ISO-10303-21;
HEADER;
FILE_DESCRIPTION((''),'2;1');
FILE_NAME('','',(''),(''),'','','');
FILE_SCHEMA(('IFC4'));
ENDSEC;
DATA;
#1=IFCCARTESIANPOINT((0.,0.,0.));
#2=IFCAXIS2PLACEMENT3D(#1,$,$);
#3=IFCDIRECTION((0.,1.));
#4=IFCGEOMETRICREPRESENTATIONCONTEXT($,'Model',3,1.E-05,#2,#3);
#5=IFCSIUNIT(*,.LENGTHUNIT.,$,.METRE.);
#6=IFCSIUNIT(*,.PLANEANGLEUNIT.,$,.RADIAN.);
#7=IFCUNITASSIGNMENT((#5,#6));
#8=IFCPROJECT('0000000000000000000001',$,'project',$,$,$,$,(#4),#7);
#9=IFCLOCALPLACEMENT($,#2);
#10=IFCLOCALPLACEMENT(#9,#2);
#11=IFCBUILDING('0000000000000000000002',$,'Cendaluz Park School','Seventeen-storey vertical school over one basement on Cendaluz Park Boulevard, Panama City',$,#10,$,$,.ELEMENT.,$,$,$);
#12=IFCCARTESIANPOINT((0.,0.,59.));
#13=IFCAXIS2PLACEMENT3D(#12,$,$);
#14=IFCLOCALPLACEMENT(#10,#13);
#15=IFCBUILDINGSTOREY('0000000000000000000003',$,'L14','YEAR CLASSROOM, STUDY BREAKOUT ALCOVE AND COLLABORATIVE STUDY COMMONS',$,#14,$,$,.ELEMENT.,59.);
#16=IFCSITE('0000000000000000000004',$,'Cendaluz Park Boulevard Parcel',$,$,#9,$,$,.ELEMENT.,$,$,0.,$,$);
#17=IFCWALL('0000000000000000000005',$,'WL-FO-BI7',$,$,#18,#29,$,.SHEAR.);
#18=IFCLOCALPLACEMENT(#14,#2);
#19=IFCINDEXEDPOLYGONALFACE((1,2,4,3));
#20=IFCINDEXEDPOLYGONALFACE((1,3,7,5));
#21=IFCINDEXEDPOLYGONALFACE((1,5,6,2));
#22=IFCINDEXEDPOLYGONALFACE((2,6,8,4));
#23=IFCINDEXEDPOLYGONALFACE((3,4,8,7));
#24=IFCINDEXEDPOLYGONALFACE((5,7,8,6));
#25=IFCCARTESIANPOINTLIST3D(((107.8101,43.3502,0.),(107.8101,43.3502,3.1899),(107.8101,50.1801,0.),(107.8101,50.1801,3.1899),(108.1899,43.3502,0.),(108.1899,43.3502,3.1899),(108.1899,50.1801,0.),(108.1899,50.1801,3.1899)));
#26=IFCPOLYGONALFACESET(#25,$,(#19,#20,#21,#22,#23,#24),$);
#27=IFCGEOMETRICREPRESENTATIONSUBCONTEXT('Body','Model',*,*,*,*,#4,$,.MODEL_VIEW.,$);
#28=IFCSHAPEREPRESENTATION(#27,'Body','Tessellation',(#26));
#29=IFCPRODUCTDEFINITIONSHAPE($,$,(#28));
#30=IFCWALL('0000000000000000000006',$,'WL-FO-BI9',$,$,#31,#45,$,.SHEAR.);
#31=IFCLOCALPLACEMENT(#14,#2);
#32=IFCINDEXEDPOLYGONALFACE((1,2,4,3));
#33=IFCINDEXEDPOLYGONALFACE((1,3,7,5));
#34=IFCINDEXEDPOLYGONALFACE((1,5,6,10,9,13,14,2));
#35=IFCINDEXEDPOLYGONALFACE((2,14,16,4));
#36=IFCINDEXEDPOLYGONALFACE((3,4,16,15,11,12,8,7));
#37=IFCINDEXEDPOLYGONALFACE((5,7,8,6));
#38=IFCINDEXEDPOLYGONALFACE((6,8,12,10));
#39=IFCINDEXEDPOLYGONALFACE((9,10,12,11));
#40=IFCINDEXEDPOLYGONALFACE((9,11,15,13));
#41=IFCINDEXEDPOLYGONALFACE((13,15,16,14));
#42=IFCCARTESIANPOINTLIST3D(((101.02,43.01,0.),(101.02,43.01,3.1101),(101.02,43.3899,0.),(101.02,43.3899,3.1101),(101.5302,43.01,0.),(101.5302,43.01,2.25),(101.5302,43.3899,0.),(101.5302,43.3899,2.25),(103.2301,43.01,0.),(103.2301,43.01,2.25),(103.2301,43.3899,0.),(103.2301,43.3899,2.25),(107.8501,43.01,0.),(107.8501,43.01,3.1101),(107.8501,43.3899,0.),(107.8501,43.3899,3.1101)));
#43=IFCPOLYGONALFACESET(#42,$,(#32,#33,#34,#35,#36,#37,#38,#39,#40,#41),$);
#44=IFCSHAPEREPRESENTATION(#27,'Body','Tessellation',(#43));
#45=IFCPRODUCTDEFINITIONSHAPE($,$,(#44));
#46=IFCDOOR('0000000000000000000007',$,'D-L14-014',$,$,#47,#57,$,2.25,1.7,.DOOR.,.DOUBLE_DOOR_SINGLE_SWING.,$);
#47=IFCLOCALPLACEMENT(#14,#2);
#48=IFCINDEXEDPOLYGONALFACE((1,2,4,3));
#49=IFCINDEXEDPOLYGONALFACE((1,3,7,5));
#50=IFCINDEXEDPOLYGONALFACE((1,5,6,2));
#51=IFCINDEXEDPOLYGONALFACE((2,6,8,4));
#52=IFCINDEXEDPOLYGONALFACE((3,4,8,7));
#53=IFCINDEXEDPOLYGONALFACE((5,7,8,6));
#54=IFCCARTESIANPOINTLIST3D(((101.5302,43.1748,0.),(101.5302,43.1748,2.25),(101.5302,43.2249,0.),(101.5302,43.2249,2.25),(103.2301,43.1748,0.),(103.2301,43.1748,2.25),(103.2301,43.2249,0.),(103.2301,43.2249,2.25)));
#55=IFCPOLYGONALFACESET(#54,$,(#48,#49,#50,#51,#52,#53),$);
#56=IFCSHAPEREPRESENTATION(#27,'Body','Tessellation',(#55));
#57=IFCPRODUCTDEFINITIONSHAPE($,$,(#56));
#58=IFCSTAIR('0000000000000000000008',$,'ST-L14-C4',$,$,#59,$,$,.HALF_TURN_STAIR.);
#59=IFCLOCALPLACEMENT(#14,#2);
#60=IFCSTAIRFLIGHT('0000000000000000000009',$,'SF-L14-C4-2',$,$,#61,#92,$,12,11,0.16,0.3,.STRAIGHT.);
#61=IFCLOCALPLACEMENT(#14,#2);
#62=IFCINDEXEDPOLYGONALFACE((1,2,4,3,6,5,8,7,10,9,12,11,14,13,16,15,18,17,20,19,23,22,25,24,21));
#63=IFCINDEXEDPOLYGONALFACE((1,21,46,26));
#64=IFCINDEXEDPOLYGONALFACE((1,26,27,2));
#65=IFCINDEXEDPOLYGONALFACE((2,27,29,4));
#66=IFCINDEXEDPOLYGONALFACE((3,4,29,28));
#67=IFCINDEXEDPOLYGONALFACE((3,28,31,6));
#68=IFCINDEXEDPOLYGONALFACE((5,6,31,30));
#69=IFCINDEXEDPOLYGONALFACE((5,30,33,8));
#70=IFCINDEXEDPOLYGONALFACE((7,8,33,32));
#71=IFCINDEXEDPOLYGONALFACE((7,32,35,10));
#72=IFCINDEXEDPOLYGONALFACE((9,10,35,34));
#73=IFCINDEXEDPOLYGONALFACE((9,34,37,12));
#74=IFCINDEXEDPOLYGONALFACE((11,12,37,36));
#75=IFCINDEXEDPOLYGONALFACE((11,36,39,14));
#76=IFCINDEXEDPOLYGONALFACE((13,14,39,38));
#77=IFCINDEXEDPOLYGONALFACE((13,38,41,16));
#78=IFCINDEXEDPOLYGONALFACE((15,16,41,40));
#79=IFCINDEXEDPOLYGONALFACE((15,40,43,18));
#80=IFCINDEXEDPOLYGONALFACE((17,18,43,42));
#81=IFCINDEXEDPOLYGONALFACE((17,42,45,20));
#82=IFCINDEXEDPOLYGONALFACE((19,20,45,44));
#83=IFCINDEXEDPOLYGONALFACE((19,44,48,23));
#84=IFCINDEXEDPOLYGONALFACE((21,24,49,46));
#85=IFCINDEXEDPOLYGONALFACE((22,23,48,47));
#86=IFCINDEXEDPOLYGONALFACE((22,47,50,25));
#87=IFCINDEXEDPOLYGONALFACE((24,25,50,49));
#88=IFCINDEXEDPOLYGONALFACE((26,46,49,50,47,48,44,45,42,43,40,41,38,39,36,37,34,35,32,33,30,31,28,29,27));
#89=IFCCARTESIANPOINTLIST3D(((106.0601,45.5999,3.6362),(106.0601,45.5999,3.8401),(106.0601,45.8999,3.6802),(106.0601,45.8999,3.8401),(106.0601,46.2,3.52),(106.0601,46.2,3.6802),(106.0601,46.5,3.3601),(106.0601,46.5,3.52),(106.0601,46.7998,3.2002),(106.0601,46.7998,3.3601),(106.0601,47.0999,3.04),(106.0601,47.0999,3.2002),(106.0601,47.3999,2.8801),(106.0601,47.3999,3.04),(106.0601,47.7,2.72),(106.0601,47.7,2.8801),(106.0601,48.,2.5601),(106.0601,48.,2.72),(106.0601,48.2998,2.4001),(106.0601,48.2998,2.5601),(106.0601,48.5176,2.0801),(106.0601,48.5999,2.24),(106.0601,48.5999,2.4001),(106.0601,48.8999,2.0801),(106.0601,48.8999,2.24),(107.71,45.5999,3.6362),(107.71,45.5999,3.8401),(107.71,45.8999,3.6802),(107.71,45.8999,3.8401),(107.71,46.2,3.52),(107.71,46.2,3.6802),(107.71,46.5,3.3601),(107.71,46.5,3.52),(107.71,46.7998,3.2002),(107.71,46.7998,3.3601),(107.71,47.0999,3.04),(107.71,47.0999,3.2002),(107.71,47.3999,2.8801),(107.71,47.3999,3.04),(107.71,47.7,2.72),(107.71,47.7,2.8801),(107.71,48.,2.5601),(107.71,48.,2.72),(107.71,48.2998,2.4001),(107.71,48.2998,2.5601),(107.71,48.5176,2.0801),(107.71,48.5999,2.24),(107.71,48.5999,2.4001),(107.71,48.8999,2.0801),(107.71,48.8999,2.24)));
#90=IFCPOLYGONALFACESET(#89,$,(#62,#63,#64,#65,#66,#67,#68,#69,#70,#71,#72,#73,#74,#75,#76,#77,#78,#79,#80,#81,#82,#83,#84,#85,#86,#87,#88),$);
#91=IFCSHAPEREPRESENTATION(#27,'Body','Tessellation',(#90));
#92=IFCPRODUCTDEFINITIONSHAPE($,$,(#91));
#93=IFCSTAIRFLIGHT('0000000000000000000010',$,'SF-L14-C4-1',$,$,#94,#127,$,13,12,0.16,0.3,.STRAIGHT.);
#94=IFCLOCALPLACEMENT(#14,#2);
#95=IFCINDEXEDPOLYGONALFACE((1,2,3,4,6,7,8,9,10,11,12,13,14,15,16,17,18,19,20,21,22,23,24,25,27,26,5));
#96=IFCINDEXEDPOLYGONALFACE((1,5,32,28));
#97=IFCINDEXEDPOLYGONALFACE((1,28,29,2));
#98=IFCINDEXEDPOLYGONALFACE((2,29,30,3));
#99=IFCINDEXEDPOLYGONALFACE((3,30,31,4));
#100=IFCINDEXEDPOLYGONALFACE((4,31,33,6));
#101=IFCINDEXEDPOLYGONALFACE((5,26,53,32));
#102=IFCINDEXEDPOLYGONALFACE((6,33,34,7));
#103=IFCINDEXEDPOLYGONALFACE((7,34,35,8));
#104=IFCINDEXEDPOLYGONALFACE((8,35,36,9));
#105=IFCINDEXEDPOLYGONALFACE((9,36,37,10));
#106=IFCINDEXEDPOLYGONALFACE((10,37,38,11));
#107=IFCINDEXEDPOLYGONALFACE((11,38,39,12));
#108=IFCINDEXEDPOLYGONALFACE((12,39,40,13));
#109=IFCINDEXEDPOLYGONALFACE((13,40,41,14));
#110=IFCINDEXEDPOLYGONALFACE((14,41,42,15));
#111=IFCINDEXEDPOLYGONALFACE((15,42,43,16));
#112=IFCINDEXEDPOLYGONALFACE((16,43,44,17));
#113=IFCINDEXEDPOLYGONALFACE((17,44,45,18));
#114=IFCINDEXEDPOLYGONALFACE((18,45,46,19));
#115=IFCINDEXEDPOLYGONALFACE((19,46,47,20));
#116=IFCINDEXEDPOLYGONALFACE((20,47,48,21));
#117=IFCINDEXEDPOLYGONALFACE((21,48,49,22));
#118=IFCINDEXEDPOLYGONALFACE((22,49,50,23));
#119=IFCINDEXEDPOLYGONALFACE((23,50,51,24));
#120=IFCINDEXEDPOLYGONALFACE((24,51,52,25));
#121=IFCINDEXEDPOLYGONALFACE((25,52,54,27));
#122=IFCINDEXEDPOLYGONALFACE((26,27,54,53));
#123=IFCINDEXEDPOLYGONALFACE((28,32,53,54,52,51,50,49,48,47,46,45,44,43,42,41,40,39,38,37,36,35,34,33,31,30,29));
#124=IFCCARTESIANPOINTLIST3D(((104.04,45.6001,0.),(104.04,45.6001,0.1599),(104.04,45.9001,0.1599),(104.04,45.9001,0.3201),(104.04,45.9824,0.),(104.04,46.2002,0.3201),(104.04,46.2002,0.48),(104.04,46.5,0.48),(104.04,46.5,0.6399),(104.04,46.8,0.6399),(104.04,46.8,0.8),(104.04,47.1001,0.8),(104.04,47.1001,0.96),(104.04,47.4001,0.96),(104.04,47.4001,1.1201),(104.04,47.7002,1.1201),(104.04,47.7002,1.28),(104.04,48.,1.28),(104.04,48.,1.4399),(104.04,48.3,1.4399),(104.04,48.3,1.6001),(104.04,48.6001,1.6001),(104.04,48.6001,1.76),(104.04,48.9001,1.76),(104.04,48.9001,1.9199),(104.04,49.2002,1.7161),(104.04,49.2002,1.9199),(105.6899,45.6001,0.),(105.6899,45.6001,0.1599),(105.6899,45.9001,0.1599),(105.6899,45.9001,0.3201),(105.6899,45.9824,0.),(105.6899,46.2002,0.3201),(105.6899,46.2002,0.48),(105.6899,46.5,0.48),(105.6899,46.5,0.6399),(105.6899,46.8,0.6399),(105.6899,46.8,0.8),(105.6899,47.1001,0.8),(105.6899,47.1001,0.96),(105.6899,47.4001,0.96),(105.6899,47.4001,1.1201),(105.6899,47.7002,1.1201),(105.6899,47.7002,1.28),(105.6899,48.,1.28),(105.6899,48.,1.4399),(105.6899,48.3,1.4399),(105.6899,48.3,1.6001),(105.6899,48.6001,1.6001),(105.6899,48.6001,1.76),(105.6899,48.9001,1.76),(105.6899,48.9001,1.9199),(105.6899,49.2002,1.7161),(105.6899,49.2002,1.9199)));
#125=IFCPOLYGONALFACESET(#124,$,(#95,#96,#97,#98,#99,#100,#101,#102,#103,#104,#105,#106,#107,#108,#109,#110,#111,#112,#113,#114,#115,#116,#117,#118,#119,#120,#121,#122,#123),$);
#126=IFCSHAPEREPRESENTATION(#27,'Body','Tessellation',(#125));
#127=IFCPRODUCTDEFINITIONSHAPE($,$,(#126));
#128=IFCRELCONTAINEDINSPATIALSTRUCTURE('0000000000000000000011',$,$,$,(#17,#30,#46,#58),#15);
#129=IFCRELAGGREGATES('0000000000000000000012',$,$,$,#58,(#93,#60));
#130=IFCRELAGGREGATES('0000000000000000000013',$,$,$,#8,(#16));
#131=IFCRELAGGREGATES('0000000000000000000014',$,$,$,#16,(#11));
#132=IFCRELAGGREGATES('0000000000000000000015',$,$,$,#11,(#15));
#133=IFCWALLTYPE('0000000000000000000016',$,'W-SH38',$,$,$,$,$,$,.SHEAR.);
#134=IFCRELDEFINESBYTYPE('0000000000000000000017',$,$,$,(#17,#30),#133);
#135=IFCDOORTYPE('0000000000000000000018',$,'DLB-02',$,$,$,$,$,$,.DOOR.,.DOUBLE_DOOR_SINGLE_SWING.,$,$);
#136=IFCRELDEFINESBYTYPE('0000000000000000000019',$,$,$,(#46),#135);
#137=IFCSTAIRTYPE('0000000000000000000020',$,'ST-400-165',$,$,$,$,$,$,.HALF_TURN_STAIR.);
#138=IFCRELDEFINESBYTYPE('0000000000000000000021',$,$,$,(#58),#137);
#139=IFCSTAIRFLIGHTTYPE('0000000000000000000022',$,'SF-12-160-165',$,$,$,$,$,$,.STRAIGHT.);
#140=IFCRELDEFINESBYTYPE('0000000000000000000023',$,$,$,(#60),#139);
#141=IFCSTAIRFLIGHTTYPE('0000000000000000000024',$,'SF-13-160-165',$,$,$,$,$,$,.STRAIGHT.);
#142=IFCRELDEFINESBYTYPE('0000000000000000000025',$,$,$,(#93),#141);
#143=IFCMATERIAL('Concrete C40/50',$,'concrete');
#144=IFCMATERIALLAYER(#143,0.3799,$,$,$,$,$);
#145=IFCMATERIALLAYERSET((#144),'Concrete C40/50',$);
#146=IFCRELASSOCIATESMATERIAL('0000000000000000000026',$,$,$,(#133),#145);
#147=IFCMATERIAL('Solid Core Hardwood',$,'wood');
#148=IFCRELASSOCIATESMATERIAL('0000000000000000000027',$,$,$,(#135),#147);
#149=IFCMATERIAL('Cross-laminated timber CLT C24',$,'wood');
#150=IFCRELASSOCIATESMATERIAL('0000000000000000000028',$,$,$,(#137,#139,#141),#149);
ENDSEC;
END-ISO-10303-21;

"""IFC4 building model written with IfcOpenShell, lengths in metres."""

from ifc_helpers import new_model, si_unit, direction, frame, frame_2d, origin, place, context, subcontext, project, spatial, polyline, rectangle, outline, extrude, material, layer, layer_set, type_object, element, fill, aggregate, save


model = new_model("IFC4")

# Units and contexts
model_context = context("Model", 3, precision=1e-05, world=origin(), true_north=direction((0.0, 1.0)))
body_context = subcontext(model_context, "Body", "Model", "MODEL_VIEW")
ifc_project = project(units=[si_unit("LENGTHUNIT", "METRE"), si_unit("PLANEANGLEUNIT", "RADIAN")], contexts=[model_context])

# Site, building, storey
site_placement = place(None, origin())
site = spatial("IfcSite", under=ifc_project, at=site_placement, Name="Cendaluz Park Boulevard Parcel", CompositionType="ELEMENT", RefElevation=0.0)
building_placement = place(site_placement, origin())
building = spatial("IfcBuilding", under=site, at=building_placement, Name="Cendaluz Park School", Description="Seventeen-storey vertical school over one basement on Cendaluz Park Boulevard, Panama City", CompositionType="ELEMENT")
storey_placement = place(building_placement, frame((0.0, 0.0, 59.0)))
storey = spatial("IfcBuildingStorey", under=building, at=storey_placement, Name="L14", Description="YEAR CLASSROOM, STUDY BREAKOUT ALCOVE AND COLLABORATIVE STUDY COMMONS", CompositionType="ELEMENT", Elevation=59.0)

# Shared definitions
ifc_material_1 = material(Name="Cross-laminated timber CLT C24", Category="wood")

# Shared definitions
ifc_material_2 = material(Name="Concrete C40/50", Category="concrete")
ifc_material_3 = material(Name="Solid Core Hardwood", Category="wood")

# Shared definitions
ifc_layer_1 = layer(ifc_material_2, 0.3799)
ifc_layer_set_1 = layer_set([ifc_layer_1], Name="Concrete C40/50")
wall_type_1 = type_object("IfcWallType", Name="W-SH38", PredefinedType="SHEAR", material=ifc_layer_set_1)
door_type_1 = type_object("IfcDoorType", Name="DLB-02", OperationType="DOUBLE_DOOR_SINGLE_SWING", PredefinedType="DOOR", material=ifc_material_3)

# Wall
wall_1_placement = place(storey_placement, frame((108.0, 43.3501, 0.0), z_axis=(0.0, 0.0, 1.0), x_axis=(0.0, 1.0, 0.0)))
element("IfcWall", 1, at=wall_1_placement, inside=storey, type_object=wall_type_1, Name="WL-FO-BI7", PredefinedType="SHEAR", context=body_context, shape_type="SweptSolid", body=[
    extrude(rectangle(XDim=6.8298, YDim=0.3799, at=frame_2d((3.415, 0.0))), origin(), (0.0, 0.0, 1.0), 3.1899),
])

# Wall, opening, door
wall_2_placement = place(storey_placement, frame((101.02, 43.2, 0.0), z_axis=(0.0, 0.0, 1.0), x_axis=(1.0, 0.0, 0.0)))
wall_2 = element("IfcWall", 2, at=wall_2_placement, inside=storey, type_object=wall_type_1, Name="WL-FO-BI9", PredefinedType="SHEAR", context=body_context, shape_type="SweptSolid", body=[
    extrude(rectangle(XDim=6.8301, YDim=0.3799, at=frame_2d((3.415, 0.0))), origin(), (0.0, 0.0, 1.0), 3.1101),
])
opening_1_placement = place(wall_2_placement, frame((0.51, 0.0, 0.0)))
opening_1 = element("IfcOpeningElement", 3, at=opening_1_placement, cuts=wall_2, PredefinedType="OPENING", context=body_context, shape_type="SweptSolid", body=[
    extrude(rectangle(XDim=1.7, YDim=2.25, at=frame_2d((0.8501, 1.125))), frame((0.0, 0.2019, 0.0), z_axis=(0.0, -1.0, 0.0), x_axis=(1.0, 0.0, 0.0)), (0.0, 0.0, 1.0), 0.4038),
])
door_1_placement = place(opening_1_placement, origin())
door_1 = element("IfcDoor", 4, at=door_1_placement, inside=storey, type_object=door_type_1, Name="D-L14-014", OperationType="DOUBLE_DOOR_SINGLE_SWING", OverallHeight=2.25, OverallWidth=1.7, PredefinedType="DOOR", context=body_context, shape_type="SweptSolid", body=[
    extrude(rectangle(XDim=1.7, YDim=2.25, at=frame_2d((0.8501, 1.125))), frame((0.0, 0.0249, 0.0), z_axis=(0.0, -1.0, 0.0), x_axis=(1.0, 0.0, 0.0)), (0.0, 0.0, 1.0), 0.05),
])
fill(opening_1, door_1)

# Stair, stair flights
stair_type = type_object("IfcStairType", Name="ST-400-165", PredefinedType="HALF_TURN_STAIR", material=ifc_material_1)
stair_placement = place(storey_placement, origin())
stair = element("IfcStair", 5, at=stair_placement, inside=storey, type_object=stair_type, Name="ST-L14-C4", PredefinedType="HALF_TURN_STAIR")
stair_flight_type_1 = type_object("IfcStairFlightType", Name="SF-12-160-165", PredefinedType="STRAIGHT", material=ifc_material_1)
stair_flight_1_placement = place(storey_placement, frame((106.885, 48.8999, 2.0801), z_axis=(0.0, 0.0, 1.0), x_axis=(0.0, -1.0, 0.0)))
stair_flight_1 = element("IfcStairFlight", 6, at=stair_flight_1_placement, type_object=stair_flight_type_1, Name="SF-L14-C4-2", NumberOfRisers=12, NumberOfTreads=11, PredefinedType="STRAIGHT", RiserHeight=0.16, TreadLength=0.3, context=body_context, shape_type="SweptSolid", body=[
    extrude(outline(polyline([(0.0, 0.0), (0.0, 0.1599), (0.3, 0.1599), (0.3, 0.3201), (0.6001, 0.3201), (0.6001, 0.48), (0.8999, 0.48), (0.8999, 0.6399), (1.2, 0.6399), (1.2, 0.8), (1.5, 0.8), (1.5, 0.96), (1.8, 0.96), (1.8, 1.1201), (2.1001, 1.1201), (2.1001, 1.28), (2.3999, 1.28), (2.3999, 1.4399), (2.7, 1.4399), (2.7, 1.6001), (3.0, 1.6001), (3.0, 1.76), (3.3, 1.76), (3.3, 1.9199), (3.3, 1.5562), (0.3823, 0.0), (0.0, 0.0)])), frame((0.0, 0.825, 0.0), z_axis=(0.0, -1.0, 0.0), x_axis=(1.0, 0.0, 0.0)), (0.0, 0.0, 1.0), 1.6499),
])
stair_flight_type_2 = type_object("IfcStairFlightType", Name="SF-13-160-165", PredefinedType="STRAIGHT", material=ifc_material_1)
stair_flight_2_placement = place(storey_placement, frame((104.865, 45.6001, 0.0), z_axis=(0.0, 0.0, 1.0), x_axis=(0.0, 1.0, 0.0)))
stair_flight_2 = element("IfcStairFlight", 7, at=stair_flight_2_placement, type_object=stair_flight_type_2, Name="SF-L14-C4-1", NumberOfRisers=13, NumberOfTreads=12, PredefinedType="STRAIGHT", RiserHeight=0.16, TreadLength=0.3, context=body_context, shape_type="SweptSolid", body=[
    extrude(outline(polyline([(0.0, 0.0), (0.0, 0.1599), (0.3, 0.1599), (0.3, 0.3201), (0.6001, 0.3201), (0.6001, 0.48), (0.8999, 0.48), (0.8999, 0.6399), (1.2, 0.6399), (1.2, 0.8), (1.5, 0.8), (1.5, 0.96), (1.8, 0.96), (1.8, 1.1201), (2.1001, 1.1201), (2.1001, 1.28), (2.3999, 1.28), (2.3999, 1.4399), (2.7, 1.4399), (2.7, 1.6001), (3.0, 1.6001), (3.0, 1.76), (3.3, 1.76), (3.3, 1.9199), (3.6001, 1.9199), (3.6001, 2.0801), (3.6001, 1.7161), (0.3823, 0.0), (0.0, 0.0)])), frame((0.0, 0.825, 0.0), z_axis=(0.0, -1.0, 0.0), x_axis=(1.0, 0.0, 0.0)), (0.0, 0.0, 1.0), 1.6499),
])
aggregate(stair, [stair_flight_2, stair_flight_1])

save(model, "model.ifc")
